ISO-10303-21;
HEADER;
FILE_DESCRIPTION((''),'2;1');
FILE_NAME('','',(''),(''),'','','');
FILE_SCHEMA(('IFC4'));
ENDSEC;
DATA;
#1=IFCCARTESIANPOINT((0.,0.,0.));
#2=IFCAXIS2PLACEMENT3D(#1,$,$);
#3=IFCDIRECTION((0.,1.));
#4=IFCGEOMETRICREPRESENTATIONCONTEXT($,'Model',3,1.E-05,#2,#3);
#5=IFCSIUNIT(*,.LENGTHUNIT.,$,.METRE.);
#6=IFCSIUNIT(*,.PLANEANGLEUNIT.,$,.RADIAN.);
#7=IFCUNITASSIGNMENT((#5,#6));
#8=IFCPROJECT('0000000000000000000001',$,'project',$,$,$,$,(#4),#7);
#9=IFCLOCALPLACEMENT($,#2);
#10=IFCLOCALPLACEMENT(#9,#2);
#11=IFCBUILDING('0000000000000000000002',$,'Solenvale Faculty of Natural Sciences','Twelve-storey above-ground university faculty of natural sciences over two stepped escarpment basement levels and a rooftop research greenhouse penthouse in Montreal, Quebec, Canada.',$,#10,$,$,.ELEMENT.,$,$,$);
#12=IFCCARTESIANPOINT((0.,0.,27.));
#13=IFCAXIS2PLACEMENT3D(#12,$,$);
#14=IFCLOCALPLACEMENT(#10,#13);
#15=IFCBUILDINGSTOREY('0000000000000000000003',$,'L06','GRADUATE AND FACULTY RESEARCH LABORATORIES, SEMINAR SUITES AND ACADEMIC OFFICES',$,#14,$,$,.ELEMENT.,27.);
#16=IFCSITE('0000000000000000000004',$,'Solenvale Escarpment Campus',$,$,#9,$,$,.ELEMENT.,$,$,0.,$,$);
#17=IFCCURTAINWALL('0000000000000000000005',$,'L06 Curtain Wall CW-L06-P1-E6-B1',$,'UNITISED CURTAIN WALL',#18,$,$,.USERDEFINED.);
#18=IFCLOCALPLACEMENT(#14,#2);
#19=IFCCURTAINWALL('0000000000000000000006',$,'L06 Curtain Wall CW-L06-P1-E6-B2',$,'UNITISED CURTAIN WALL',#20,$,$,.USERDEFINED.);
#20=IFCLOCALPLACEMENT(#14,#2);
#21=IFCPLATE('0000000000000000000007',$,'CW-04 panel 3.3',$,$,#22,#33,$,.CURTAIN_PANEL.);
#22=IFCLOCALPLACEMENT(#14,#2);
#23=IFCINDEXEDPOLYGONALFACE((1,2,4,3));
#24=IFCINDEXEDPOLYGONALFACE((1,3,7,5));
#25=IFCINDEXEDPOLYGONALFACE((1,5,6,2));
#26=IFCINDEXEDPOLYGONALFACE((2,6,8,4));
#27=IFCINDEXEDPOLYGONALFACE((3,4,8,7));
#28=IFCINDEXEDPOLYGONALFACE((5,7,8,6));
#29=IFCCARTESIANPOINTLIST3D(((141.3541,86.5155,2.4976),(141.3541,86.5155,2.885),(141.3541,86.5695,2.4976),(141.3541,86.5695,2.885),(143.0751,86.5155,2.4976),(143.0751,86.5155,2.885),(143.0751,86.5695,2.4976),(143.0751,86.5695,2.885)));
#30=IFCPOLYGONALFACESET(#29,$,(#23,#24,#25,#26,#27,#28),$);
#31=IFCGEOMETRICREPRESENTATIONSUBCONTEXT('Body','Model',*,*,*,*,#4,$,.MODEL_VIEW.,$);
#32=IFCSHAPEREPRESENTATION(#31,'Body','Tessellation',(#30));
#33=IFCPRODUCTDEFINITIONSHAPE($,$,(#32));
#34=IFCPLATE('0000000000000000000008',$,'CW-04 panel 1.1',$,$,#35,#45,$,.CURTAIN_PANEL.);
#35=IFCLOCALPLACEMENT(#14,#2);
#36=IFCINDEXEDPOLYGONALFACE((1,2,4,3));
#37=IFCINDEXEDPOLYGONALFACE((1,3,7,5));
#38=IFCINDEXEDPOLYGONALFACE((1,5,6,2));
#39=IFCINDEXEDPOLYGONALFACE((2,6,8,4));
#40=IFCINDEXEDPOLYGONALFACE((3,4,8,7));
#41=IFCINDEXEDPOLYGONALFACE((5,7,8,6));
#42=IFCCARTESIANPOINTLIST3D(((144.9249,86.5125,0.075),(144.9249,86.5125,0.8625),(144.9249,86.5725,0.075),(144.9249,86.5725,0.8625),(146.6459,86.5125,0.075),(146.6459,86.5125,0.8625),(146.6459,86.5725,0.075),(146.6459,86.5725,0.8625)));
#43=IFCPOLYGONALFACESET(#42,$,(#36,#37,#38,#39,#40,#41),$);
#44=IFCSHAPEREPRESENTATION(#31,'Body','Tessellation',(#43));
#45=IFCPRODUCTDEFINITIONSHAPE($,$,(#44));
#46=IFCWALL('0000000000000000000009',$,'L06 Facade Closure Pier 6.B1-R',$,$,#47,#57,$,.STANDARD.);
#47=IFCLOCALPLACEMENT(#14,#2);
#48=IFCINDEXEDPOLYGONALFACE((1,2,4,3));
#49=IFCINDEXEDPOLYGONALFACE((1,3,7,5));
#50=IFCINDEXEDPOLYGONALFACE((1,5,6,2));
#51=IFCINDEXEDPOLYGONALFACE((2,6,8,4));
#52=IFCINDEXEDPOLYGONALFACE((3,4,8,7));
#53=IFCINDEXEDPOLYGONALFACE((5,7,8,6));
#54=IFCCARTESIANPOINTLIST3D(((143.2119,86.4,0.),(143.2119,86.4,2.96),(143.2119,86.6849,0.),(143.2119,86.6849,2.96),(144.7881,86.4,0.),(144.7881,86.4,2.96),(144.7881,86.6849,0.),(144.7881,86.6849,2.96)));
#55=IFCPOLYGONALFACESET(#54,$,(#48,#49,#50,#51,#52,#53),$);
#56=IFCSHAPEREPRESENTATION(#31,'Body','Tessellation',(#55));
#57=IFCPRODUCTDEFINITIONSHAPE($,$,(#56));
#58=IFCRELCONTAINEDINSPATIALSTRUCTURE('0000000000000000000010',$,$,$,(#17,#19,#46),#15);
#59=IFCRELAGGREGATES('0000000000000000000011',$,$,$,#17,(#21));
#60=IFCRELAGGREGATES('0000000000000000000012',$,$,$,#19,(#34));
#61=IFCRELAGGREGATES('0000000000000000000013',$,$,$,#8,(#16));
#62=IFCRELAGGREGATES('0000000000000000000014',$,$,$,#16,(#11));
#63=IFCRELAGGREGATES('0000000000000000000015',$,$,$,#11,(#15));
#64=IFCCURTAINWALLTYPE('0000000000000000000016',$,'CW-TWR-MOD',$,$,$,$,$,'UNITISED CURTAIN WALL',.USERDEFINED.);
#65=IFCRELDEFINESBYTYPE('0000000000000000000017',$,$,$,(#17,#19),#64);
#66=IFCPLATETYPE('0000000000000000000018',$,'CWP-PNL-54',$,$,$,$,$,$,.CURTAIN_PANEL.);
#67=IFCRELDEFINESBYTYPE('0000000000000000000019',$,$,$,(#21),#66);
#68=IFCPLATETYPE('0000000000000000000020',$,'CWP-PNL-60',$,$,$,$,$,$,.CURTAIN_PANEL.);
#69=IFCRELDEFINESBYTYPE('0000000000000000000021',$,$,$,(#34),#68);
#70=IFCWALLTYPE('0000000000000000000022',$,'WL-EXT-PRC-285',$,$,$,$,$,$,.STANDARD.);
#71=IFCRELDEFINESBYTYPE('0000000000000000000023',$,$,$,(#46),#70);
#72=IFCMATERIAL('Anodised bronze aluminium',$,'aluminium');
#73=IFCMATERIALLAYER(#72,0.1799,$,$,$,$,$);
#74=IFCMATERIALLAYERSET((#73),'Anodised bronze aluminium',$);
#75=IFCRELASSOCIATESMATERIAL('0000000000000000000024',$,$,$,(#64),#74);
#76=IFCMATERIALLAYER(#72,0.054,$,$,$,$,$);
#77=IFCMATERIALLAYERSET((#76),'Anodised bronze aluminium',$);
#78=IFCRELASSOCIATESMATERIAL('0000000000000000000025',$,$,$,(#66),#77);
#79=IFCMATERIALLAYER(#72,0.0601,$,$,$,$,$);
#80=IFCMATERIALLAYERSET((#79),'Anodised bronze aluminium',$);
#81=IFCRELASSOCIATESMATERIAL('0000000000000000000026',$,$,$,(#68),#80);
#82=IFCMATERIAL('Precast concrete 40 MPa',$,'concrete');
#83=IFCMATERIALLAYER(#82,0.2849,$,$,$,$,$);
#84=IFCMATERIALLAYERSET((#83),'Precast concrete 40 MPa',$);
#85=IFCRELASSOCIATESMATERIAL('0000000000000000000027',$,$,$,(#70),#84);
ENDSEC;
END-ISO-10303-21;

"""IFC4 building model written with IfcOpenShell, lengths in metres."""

from ifc_helpers import new_model, si_unit, direction, frame, frame_2d, origin, origin_2d, place, context, subcontext, project, spatial, rectangle, extrude, material, layer, layer_set, type_object, element, aggregate, save


model = new_model("IFC4")

# Units and contexts
model_context = context("Model", 3, precision=1e-05, world=origin(), true_north=direction((0.0, 1.0)))
body_context = subcontext(model_context, "Body", "Model", "MODEL_VIEW")
ifc_project = project(units=[si_unit("LENGTHUNIT", "METRE"), si_unit("PLANEANGLEUNIT", "RADIAN")], contexts=[model_context])

# Site, building, storey
site_placement = place(None, origin())
site = spatial("IfcSite", under=ifc_project, at=site_placement, Name="Solenvale Escarpment Campus", CompositionType="ELEMENT", RefElevation=0.0)
building_placement = place(site_placement, origin())
building = spatial("IfcBuilding", under=site, at=building_placement, Name="Solenvale Faculty of Natural Sciences", Description="Twelve-storey above-ground university faculty of natural sciences over two stepped escarpment basement levels and a rooftop research greenhouse penthouse in Montreal, Quebec, Canada.", CompositionType="ELEMENT")
storey_placement = place(building_placement, frame((0.0, 0.0, 27.0)))
storey = spatial("IfcBuildingStorey", under=building, at=storey_placement, Name="L06", Description="GRADUATE AND FACULTY RESEARCH LABORATORIES, SEMINAR SUITES AND ACADEMIC OFFICES", CompositionType="ELEMENT", Elevation=27.0)

# Curtain wall
ifc_material_1 = material(Name="Anodised bronze aluminium", Category="aluminium")
ifc_layer_1 = layer(ifc_material_1, 0.1799)
ifc_layer_set_1 = layer_set([ifc_layer_1], Name="Anodised bronze aluminium")
curtain_wall_type = type_object("IfcCurtainWallType", Name="CW-TWR-MOD", ElementType="UNITISED CURTAIN WALL", PredefinedType="USERDEFINED", material=ifc_layer_set_1)
curtain_wall_1_placement = place(storey_placement, origin())
curtain_wall_1 = element("IfcCurtainWall", 1, at=curtain_wall_1_placement, inside=storey, type_object=curtain_wall_type, Name="L06 Curtain Wall CW-L06-P1-E6-B1", ObjectType="UNITISED CURTAIN WALL", PredefinedType="USERDEFINED")

# Curtain wall
curtain_wall_2_placement = place(storey_placement, origin())
curtain_wall_2 = element("IfcCurtainWall", 2, at=curtain_wall_2_placement, inside=storey, type_object=curtain_wall_type, Name="L06 Curtain Wall CW-L06-P1-E6-B2", ObjectType="UNITISED CURTAIN WALL", PredefinedType="USERDEFINED")

# Plates
ifc_layer_2 = layer(ifc_material_1, 0.054)
ifc_layer_set_2 = layer_set([ifc_layer_2], Name="Anodised bronze aluminium")
plate_type_1 = type_object("IfcPlateType", Name="CWP-PNL-54", PredefinedType="CURTAIN_PANEL", material=ifc_layer_set_2)
plate_1_placement = place(storey_placement, frame((142.2146, 86.5425, 2.4976), z_axis=(0.0, 0.0, 1.0), x_axis=(1.0, 0.0, 0.0)))
plate_1 = element("IfcPlate", 3, at=plate_1_placement, type_object=plate_type_1, Name="CW-04 panel 3.3", PredefinedType="CURTAIN_PANEL", context=body_context, shape_type="SweptSolid", body=[
    extrude(rectangle(XDim=1.7209, YDim=0.054, at=origin_2d()), origin(), (0.0, 0.0, 1.0), 0.3875),
])
aggregate(curtain_wall_1, [plate_1])
ifc_layer_3 = layer(ifc_material_1, 0.0601)
ifc_layer_set_3 = layer_set([ifc_layer_3], Name="Anodised bronze aluminium")
plate_type_2 = type_object("IfcPlateType", Name="CWP-PNL-60", PredefinedType="CURTAIN_PANEL", material=ifc_layer_set_3)
plate_2_placement = place(storey_placement, frame((145.7854, 86.5425, 0.075), z_axis=(0.0, 0.0, 1.0), x_axis=(1.0, 0.0, 0.0)))
plate_2 = element("IfcPlate", 4, at=plate_2_placement, type_object=plate_type_2, Name="CW-04 panel 1.1", PredefinedType="CURTAIN_PANEL", context=body_context, shape_type="SweptSolid", body=[
    extrude(rectangle(XDim=1.7209, YDim=0.0601, at=origin_2d()), origin(), (0.0, 0.0, 1.0), 0.7876),
])
aggregate(curtain_wall_2, [plate_2])

# Wall
ifc_material_2 = material(Name="Precast concrete 40 MPa", Category="concrete")
ifc_layer_4 = layer(ifc_material_2, 0.2849)
ifc_layer_set_4 = layer_set([ifc_layer_4], Name="Precast concrete 40 MPa")
wall_type = type_object("IfcWallType", Name="WL-EXT-PRC-285", PredefinedType="STANDARD", material=ifc_layer_set_4)
wall_placement = place(storey_placement, frame((143.2119, 86.5425, 0.0), z_axis=(0.0, 0.0, 1.0), x_axis=(1.0, 0.0, 0.0)))
element("IfcWall", 5, at=wall_placement, inside=storey, type_object=wall_type, Name="L06 Facade Closure Pier 6.B1-R", PredefinedType="STANDARD", context=body_context, shape_type="SweptSolid", body=[
    extrude(rectangle(XDim=1.5762, YDim=0.2849, at=frame_2d((0.7881, 0.0))), origin(), (0.0, 0.0, 1.0), 2.96),
])

save(model, "model.ifc")
